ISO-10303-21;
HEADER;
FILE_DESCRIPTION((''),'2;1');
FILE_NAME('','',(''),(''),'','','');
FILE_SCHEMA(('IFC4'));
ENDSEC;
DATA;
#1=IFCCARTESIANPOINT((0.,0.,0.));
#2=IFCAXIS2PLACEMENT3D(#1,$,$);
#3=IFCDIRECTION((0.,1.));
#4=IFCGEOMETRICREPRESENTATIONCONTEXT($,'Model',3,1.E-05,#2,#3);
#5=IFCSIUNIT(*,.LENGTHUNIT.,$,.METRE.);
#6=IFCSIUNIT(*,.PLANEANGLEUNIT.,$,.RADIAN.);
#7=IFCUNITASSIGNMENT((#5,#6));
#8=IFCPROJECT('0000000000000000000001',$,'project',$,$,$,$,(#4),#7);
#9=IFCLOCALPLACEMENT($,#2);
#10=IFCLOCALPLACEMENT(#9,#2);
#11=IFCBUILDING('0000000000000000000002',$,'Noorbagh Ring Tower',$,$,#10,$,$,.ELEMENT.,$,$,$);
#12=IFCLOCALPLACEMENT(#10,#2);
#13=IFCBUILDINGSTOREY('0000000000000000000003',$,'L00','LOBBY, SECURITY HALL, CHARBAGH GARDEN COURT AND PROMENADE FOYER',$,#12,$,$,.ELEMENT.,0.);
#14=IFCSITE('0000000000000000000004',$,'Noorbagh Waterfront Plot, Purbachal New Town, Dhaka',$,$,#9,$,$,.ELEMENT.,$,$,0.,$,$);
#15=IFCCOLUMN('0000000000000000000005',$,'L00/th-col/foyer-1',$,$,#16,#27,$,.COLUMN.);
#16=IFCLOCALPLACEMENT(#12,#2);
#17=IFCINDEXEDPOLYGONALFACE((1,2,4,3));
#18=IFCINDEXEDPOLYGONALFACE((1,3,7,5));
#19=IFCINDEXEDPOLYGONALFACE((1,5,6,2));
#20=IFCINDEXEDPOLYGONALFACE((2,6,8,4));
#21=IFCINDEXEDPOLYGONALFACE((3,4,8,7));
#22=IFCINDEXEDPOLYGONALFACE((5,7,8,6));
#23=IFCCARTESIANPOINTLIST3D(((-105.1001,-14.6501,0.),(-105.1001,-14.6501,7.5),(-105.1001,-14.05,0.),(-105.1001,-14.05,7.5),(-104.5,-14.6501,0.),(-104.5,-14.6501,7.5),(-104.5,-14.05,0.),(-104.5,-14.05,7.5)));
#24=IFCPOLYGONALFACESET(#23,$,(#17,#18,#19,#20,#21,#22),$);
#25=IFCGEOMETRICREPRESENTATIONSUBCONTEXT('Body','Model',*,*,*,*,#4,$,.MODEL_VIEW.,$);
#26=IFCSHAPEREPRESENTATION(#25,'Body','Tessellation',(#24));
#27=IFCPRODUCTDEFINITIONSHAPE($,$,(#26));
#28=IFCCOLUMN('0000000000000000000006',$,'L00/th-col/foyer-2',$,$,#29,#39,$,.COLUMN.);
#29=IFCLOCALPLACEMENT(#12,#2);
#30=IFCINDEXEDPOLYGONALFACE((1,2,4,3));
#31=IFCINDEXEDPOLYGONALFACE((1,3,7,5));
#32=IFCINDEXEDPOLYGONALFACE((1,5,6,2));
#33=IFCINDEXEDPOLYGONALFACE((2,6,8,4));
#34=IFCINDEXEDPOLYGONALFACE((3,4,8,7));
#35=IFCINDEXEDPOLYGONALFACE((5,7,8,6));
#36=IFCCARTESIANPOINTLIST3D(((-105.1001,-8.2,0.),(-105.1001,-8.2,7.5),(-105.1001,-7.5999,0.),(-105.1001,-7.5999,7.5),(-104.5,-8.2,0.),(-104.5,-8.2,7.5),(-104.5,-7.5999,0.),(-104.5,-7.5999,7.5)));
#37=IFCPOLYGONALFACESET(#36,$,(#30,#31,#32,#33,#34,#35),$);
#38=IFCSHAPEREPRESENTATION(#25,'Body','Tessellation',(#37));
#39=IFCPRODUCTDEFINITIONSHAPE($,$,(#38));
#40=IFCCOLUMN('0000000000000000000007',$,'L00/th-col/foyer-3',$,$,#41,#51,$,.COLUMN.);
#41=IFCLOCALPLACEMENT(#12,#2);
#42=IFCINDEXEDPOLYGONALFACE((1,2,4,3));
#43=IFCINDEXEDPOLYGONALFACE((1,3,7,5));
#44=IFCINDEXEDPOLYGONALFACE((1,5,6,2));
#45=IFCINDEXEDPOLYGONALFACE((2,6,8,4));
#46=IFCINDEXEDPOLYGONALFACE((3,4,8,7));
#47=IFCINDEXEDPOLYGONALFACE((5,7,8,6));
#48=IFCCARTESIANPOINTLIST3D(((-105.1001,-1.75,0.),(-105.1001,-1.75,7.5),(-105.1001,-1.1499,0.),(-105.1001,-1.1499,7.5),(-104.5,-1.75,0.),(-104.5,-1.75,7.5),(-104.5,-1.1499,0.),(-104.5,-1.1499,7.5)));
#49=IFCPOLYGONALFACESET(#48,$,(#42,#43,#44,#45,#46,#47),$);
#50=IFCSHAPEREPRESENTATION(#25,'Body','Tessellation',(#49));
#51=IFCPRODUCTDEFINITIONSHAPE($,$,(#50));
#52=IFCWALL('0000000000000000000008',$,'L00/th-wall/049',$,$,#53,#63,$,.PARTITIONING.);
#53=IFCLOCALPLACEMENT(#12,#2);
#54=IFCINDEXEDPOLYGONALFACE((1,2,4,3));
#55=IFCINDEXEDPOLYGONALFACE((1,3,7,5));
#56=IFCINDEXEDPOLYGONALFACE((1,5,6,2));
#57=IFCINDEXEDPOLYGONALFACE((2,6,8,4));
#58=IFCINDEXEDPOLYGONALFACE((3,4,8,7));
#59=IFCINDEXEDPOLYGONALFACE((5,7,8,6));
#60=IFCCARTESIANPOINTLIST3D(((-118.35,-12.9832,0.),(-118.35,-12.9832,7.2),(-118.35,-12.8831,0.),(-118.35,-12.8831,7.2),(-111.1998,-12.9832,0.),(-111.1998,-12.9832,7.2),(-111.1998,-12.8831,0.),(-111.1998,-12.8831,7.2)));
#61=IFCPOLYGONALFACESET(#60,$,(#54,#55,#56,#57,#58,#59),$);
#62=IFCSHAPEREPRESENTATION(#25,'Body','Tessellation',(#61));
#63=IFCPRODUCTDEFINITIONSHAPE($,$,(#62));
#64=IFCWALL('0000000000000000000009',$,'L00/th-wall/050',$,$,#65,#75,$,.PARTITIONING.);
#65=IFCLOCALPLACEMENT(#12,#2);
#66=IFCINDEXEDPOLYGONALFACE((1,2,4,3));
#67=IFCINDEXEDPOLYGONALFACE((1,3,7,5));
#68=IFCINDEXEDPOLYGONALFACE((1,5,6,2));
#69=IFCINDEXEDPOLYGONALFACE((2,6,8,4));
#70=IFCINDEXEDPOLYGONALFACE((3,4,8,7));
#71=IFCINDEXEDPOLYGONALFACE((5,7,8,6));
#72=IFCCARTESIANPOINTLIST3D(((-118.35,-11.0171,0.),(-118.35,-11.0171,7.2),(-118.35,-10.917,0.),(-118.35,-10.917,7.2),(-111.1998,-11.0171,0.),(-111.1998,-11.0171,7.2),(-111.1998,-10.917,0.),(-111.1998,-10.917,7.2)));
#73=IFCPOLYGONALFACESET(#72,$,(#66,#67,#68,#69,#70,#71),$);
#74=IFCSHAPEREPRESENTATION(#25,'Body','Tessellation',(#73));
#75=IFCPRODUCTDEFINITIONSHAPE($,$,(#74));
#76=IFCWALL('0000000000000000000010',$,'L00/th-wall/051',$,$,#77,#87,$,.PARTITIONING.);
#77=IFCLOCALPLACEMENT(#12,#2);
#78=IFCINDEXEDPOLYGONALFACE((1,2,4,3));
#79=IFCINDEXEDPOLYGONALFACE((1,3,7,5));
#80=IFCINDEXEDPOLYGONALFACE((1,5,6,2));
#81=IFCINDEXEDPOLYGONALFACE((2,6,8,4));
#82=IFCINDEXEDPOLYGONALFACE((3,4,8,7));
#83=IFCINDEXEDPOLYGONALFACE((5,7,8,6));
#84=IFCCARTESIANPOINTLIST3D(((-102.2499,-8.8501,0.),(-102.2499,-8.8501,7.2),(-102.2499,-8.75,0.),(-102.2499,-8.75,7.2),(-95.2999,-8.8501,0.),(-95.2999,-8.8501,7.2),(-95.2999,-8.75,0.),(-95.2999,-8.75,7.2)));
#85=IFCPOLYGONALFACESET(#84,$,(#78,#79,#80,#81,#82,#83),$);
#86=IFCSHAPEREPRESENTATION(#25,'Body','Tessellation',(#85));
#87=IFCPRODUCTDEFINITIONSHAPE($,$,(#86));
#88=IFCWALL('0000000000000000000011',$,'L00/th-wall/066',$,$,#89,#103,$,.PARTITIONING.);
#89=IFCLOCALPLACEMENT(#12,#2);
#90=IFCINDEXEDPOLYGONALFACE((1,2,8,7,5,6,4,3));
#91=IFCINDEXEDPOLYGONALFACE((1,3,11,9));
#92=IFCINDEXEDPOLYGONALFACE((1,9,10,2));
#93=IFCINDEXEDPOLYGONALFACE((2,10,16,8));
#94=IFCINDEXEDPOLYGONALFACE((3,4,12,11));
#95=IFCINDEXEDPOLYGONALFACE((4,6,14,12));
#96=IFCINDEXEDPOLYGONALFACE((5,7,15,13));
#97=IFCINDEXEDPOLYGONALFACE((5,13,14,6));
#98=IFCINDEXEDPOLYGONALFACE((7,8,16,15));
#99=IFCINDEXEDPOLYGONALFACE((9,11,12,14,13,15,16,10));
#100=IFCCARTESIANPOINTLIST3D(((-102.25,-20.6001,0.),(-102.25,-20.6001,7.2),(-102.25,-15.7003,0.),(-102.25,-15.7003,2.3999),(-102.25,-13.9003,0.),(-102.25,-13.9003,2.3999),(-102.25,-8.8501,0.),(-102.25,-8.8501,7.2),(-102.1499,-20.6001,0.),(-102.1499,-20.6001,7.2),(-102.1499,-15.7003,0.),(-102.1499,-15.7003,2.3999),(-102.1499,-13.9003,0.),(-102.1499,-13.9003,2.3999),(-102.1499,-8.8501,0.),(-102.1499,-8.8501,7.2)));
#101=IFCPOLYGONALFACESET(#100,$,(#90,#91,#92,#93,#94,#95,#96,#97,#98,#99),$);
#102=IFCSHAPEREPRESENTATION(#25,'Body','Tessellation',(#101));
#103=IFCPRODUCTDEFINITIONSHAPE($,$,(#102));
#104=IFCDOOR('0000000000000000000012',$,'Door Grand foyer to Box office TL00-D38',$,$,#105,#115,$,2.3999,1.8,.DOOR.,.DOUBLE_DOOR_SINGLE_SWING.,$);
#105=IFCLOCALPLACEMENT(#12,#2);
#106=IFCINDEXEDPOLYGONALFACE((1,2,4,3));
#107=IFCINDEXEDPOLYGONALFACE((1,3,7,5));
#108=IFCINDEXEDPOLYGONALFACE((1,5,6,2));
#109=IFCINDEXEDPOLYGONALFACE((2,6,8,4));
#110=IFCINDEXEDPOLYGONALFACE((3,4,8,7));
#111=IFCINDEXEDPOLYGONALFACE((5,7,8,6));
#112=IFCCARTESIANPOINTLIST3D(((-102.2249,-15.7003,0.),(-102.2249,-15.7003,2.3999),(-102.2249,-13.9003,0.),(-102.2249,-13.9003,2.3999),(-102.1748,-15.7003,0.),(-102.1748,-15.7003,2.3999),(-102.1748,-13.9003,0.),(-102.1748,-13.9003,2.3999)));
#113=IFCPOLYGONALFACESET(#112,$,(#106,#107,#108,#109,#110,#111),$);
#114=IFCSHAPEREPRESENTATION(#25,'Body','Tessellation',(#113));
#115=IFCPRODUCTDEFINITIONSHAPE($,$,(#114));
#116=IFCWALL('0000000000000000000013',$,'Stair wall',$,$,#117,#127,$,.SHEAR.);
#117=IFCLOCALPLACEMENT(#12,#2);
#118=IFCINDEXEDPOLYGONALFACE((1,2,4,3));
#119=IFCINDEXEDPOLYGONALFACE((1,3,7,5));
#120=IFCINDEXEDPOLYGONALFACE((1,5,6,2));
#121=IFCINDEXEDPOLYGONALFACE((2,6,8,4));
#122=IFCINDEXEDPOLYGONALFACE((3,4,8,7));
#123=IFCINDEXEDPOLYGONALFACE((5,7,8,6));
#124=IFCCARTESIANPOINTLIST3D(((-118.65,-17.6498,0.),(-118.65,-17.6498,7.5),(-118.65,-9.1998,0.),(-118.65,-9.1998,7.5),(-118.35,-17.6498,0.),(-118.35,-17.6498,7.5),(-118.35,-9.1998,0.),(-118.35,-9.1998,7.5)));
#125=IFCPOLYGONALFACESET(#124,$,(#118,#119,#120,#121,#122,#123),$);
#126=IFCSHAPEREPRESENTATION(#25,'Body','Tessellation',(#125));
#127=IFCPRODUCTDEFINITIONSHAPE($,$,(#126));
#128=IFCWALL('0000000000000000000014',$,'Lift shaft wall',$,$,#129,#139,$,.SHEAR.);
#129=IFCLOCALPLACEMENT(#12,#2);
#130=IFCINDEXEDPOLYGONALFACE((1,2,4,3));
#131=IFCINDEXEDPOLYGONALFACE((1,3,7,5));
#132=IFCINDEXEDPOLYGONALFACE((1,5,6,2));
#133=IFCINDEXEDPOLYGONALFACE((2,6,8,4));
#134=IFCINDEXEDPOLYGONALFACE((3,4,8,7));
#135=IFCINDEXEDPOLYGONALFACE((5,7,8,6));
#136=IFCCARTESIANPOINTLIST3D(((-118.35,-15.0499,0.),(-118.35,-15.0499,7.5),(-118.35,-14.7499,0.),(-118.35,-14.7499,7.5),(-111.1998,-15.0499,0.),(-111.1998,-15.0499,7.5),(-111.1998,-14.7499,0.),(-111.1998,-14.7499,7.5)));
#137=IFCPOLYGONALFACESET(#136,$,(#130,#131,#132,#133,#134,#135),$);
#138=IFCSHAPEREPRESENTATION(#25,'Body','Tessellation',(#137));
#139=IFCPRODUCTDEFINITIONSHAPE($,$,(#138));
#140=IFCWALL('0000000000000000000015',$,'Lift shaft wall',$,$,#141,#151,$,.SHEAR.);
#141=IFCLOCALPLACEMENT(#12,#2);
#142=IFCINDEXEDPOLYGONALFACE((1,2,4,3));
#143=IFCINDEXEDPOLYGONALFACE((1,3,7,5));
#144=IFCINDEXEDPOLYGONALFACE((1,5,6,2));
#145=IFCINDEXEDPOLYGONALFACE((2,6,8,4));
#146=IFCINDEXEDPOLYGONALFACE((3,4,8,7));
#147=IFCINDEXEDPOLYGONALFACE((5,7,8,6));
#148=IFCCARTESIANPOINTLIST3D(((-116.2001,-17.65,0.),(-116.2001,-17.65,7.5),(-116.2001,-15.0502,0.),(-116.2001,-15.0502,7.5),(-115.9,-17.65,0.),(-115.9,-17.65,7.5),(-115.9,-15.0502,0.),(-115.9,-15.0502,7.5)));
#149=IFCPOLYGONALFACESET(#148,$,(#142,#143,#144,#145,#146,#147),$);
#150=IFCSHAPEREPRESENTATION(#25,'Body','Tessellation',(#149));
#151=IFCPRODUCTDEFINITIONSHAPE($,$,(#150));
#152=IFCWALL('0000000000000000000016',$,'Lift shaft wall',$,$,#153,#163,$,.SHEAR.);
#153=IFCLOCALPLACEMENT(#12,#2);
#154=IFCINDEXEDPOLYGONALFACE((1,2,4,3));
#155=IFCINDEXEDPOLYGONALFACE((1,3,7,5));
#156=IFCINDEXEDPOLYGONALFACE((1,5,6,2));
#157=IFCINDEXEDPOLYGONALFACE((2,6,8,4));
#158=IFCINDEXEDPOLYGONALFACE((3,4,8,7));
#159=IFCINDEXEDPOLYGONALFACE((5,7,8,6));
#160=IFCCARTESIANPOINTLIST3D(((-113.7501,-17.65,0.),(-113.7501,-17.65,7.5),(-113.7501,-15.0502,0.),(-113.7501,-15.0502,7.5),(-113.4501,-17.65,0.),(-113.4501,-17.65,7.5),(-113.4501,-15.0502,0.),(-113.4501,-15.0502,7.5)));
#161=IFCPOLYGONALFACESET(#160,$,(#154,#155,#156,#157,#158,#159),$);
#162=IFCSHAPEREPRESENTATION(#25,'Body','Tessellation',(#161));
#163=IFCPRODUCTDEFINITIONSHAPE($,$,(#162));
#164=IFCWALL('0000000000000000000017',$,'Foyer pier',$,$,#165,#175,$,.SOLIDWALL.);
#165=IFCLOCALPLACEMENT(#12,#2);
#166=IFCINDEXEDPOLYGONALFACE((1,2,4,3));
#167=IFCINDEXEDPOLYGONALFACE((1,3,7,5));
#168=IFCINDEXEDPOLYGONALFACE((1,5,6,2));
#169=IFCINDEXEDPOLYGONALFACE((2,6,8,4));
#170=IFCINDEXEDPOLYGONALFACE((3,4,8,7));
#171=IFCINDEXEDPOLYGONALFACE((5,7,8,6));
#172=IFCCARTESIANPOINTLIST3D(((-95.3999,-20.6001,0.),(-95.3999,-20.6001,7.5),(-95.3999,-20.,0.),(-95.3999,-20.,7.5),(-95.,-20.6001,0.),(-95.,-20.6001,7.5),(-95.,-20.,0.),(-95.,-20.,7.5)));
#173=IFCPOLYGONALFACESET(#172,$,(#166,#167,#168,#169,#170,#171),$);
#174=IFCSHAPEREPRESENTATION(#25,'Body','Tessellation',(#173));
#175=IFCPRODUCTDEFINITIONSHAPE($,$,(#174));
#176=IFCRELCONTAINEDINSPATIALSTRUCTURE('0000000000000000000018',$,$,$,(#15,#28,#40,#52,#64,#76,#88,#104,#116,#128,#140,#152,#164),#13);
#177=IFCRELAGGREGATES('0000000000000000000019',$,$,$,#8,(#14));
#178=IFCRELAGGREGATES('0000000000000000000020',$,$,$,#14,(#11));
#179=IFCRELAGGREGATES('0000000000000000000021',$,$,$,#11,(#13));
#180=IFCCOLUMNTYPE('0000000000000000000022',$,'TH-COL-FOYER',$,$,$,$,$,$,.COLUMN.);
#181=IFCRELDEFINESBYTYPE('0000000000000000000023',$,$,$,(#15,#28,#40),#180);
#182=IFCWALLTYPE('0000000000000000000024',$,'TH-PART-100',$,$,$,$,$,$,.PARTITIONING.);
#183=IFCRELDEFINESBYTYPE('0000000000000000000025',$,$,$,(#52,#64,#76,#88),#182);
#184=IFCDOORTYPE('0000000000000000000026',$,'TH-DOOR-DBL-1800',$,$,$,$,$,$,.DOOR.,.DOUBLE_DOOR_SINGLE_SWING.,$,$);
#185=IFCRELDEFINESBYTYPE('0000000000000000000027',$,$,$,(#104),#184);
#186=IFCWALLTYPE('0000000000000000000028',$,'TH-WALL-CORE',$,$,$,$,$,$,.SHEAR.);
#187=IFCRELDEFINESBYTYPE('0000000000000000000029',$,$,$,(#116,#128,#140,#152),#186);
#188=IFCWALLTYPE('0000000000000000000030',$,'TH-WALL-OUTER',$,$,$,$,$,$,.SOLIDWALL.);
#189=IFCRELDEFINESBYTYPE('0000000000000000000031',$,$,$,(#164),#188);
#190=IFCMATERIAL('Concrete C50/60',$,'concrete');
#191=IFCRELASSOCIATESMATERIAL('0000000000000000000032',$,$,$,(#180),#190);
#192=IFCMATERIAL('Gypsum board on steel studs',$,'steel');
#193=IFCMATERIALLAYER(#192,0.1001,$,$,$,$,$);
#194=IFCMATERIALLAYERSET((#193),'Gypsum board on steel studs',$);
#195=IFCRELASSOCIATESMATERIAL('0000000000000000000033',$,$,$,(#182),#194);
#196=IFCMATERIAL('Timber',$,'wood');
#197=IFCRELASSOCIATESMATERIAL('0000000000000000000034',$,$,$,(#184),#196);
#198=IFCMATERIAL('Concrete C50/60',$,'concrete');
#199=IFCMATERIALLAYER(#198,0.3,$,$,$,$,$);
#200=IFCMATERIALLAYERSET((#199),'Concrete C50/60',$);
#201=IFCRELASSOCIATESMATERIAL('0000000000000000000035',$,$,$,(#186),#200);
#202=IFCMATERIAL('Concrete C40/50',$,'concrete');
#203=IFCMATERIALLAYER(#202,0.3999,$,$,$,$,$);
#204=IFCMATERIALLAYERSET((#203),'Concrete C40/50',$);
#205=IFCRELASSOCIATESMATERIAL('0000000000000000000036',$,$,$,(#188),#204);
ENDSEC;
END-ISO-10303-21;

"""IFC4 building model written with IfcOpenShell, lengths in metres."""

from ifc_helpers import new_model, si_unit, direction, frame, frame_2d, origin, origin_2d, place, context, subcontext, project, spatial, rectangle, extrude, material, layer, layer_set, material_profile, profile_set, type_object, element, fill, save


model = new_model("IFC4")

# Units and contexts
model_context = context("Model", 3, precision=1e-05, world=origin(), true_north=direction((0.0, 1.0)))
body_context = subcontext(model_context, "Body", "Model", "MODEL_VIEW")
ifc_project = project(units=[si_unit("LENGTHUNIT", "METRE"), si_unit("PLANEANGLEUNIT", "RADIAN")], contexts=[model_context])

# Site, building, storey
site_placement = place(None, origin())
site = spatial("IfcSite", under=ifc_project, at=site_placement, Name="Noorbagh Waterfront Plot, Purbachal New Town, Dhaka", CompositionType="ELEMENT", RefElevation=0.0)
building_placement = place(site_placement, origin())
building = spatial("IfcBuilding", under=site, at=building_placement, Name="Noorbagh Ring Tower", CompositionType="ELEMENT")
storey_placement = place(building_placement, origin())
storey = spatial("IfcBuildingStorey", under=building, at=storey_placement, Name="L00", Description="LOBBY, SECURITY HALL, CHARBAGH GARDEN COURT AND PROMENADE FOYER", CompositionType="ELEMENT", Elevation=0.0)

# Columns
ifc_material_1 = material(Name="Concrete C50/60", Category="concrete")
ifc_material_profile = material_profile(ifc_material_1, rectangle(XDim=0.6001, YDim=0.6001, at=origin_2d()), Name="RC600x600")
ifc_profile_set = profile_set([ifc_material_profile], Name="Concrete C50/60")
column_type = type_object("IfcColumnType", Name="TH-COL-FOYER", PredefinedType="COLUMN", material=ifc_profile_set)
for number, where, z_axis, x_axis, name in (
    (1, (-104.8, -14.3501, 0.0), (0.0, 0.0, 1.0), (1.0, 0.0, 0.0), "L00/th-col/foyer-1"),
    (2, (-104.8, -7.8999, 0.0), (0.0, 0.0, 1.0), (1.0, 0.0, 0.0), "L00/th-col/foyer-2"),
    (3, (-104.8, -1.45, 0.0), (0.0, 0.0, 1.0), (1.0, 0.0, 0.0), "L00/th-col/foyer-3"),
):
    element("IfcColumn", number, at=place(storey_placement, frame(where, z_axis=z_axis, x_axis=x_axis)), inside=storey, type_object=column_type, Name=name, PredefinedType="COLUMN", context=body_context, shape_type="SweptSolid", body=[
        extrude(rectangle(XDim=0.6001, YDim=0.6001, at=origin_2d()), origin(), (0.0, 0.0, 1.0), 7.5),
    ])

# Walls
ifc_material_2 = material(Name="Gypsum board on steel studs", Category="steel")
ifc_layer_1 = layer(ifc_material_2, 0.1001)
ifc_layer_set_1 = layer_set([ifc_layer_1], Name="Gypsum board on steel studs")
wall_type_1 = type_object("IfcWallType", Name="TH-PART-100", PredefinedType="PARTITIONING", material=ifc_layer_set_1)
for number, where, z_axis, x_axis, name in (
    (4, (-118.3501, -12.9331, 0.0), (0.0, 0.0, 1.0), (1.0, 0.0, 0.0), "L00/th-wall/049"),
    (5, (-118.3501, -10.967, 0.0), (0.0, 0.0, 1.0), (1.0, 0.0, 0.0), "L00/th-wall/050"),
):
    element("IfcWall", number, at=place(storey_placement, frame(where, z_axis=z_axis, x_axis=x_axis)), inside=storey, type_object=wall_type_1, Name=name, PredefinedType="PARTITIONING", context=body_context, shape_type="SweptSolid", body=[
        extrude(rectangle(XDim=7.1501, YDim=0.1001, at=frame_2d((3.5752, 0.0))), origin(), (0.0, 0.0, 1.0), 7.2),
    ])
wall_1_placement = place(storey_placement, frame((-102.25, -8.8, 0.0), z_axis=(0.0, 0.0, 1.0), x_axis=(1.0, 0.0, 0.0)))
element("IfcWall", 6, at=wall_1_placement, inside=storey, type_object=wall_type_1, Name="L00/th-wall/051", PredefinedType="PARTITIONING", context=body_context, shape_type="SweptSolid", body=[
    extrude(rectangle(XDim=6.95, YDim=0.1001, at=frame_2d((3.4751, 0.0))), origin(), (0.0, 0.0, 1.0), 7.2),
])

# Wall, opening, door
wall_2_placement = place(storey_placement, frame((-102.2, -20.6001, 0.0), z_axis=(0.0, 0.0, 1.0), x_axis=(0.0, 1.0, 0.0)))
wall_2 = element("IfcWall", 7, at=wall_2_placement, inside=storey, type_object=wall_type_1, Name="L00/th-wall/066", PredefinedType="PARTITIONING", context=body_context, shape_type="SweptSolid", body=[
    extrude(rectangle(XDim=11.75, YDim=0.1001, at=frame_2d((5.875, 0.0))), origin(), (0.0, 0.0, 1.0), 7.2),
])
opening_1_placement = place(wall_2_placement, frame((4.8999, 0.0, 0.0)))
opening_1 = element("IfcOpeningElement", 8, at=opening_1_placement, cuts=wall_2, PredefinedType="OPENING", context=body_context, shape_type="SweptSolid", body=[
    extrude(rectangle(XDim=1.8, YDim=2.3999, at=frame_2d((0.8999, 1.2))), frame((0.0, 0.0601, 0.0), z_axis=(0.0, -1.0, 0.0), x_axis=(1.0, 0.0, 0.0)), (0.0, 0.0, 1.0), 0.1201),
])
ifc_material_3 = material(Name="Timber", Category="wood")
door_type_1 = type_object("IfcDoorType", Name="TH-DOOR-DBL-1800", OperationType="DOUBLE_DOOR_SINGLE_SWING", PredefinedType="DOOR", material=ifc_material_3)
door_1_placement = place(opening_1_placement, origin())
door_1 = element("IfcDoor", 9, at=door_1_placement, inside=storey, type_object=door_type_1, Name="Door Grand foyer to Box office TL00-D38", OperationType="DOUBLE_DOOR_SINGLE_SWING", OverallHeight=2.3999, OverallWidth=1.8, PredefinedType="DOOR", context=body_context, shape_type="SweptSolid", body=[
    extrude(rectangle(XDim=1.8, YDim=2.3999, at=frame_2d((0.8999, 1.2))), frame((0.0, 0.0249, 0.0), z_axis=(0.0, -1.0, 0.0), x_axis=(1.0, 0.0, 0.0)), (0.0, 0.0, 1.0), 0.05),
])
fill(opening_1, door_1)

# Walls
ifc_material_4 = material(Name="Concrete C50/60", Category="concrete")
ifc_layer_2 = layer(ifc_material_4, 0.3)
ifc_layer_set_2 = layer_set([ifc_layer_2], Name="Concrete C50/60")
wall_type_2 = type_object("IfcWallType", Name="TH-WALL-CORE", PredefinedType="SHEAR", material=ifc_layer_set_2)
wall_3_placement = place(storey_placement, frame((-118.5, -17.6499, 0.0), z_axis=(0.0, 0.0, 1.0), x_axis=(0.0, 1.0, 0.0)))
element("IfcWall", 10, at=wall_3_placement, inside=storey, type_object=wall_type_2, Name="Stair wall", PredefinedType="SHEAR", context=body_context, shape_type="SweptSolid", body=[
    extrude(rectangle(XDim=8.45, YDim=0.3, at=frame_2d((4.2251, 0.0))), origin(), (0.0, 0.0, 1.0), 7.5),
])
wall_4_placement = place(storey_placement, frame((-118.3501, -14.8999, 0.0), z_axis=(0.0, 0.0, 1.0), x_axis=(1.0, 0.0, 0.0)))
element("IfcWall", 11, at=wall_4_placement, inside=storey, type_object=wall_type_2, Name="Lift shaft wall", PredefinedType="SHEAR", context=body_context, shape_type="SweptSolid", body=[
    extrude(rectangle(XDim=7.1501, YDim=0.3, at=frame_2d((3.5752, 0.0))), origin(), (0.0, 0.0, 1.0), 7.5),
])
for number, where, z_axis, x_axis, name in (
    (12, (-116.05, -17.6499, 0.0), (0.0, 0.0, 1.0), (0.0, 1.0, 0.0), "Lift shaft wall"),
    (13, (-113.6001, -17.6499, 0.0), (0.0, 0.0, 1.0), (0.0, 1.0, 0.0), "Lift shaft wall"),
):
    element("IfcWall", number, at=place(storey_placement, frame(where, z_axis=z_axis, x_axis=x_axis)), inside=storey, type_object=wall_type_2, Name=name, PredefinedType="SHEAR", context=body_context, shape_type="SweptSolid", body=[
        extrude(rectangle(XDim=2.5999, YDim=0.3, at=frame_2d((1.2998, 0.0))), origin(), (0.0, 0.0, 1.0), 7.5),
    ])

# Wall
ifc_material_5 = material(Name="Concrete C40/50", Category="concrete")
ifc_layer_3 = layer(ifc_material_5, 0.3999)
ifc_layer_set_3 = layer_set([ifc_layer_3], Name="Concrete C40/50")
wall_type_3 = type_object("IfcWallType", Name="TH-WALL-OUTER", PredefinedType="SOLIDWALL", material=ifc_layer_set_3)
wall_5_placement = place(storey_placement, frame((-95.2, -20.6001, 0.0), z_axis=(0.0, 0.0, 1.0), x_axis=(0.0, 1.0, 0.0)))
element("IfcWall", 14, at=wall_5_placement, inside=storey, type_object=wall_type_3, Name="Foyer pier", PredefinedType="SOLIDWALL", context=body_context, shape_type="SweptSolid", body=[
    extrude(rectangle(XDim=0.6001, YDim=0.3999, at=frame_2d((0.3, 0.0))), origin(), (0.0, 0.0, 1.0), 7.5),
])

save(model, "model.ifc")
